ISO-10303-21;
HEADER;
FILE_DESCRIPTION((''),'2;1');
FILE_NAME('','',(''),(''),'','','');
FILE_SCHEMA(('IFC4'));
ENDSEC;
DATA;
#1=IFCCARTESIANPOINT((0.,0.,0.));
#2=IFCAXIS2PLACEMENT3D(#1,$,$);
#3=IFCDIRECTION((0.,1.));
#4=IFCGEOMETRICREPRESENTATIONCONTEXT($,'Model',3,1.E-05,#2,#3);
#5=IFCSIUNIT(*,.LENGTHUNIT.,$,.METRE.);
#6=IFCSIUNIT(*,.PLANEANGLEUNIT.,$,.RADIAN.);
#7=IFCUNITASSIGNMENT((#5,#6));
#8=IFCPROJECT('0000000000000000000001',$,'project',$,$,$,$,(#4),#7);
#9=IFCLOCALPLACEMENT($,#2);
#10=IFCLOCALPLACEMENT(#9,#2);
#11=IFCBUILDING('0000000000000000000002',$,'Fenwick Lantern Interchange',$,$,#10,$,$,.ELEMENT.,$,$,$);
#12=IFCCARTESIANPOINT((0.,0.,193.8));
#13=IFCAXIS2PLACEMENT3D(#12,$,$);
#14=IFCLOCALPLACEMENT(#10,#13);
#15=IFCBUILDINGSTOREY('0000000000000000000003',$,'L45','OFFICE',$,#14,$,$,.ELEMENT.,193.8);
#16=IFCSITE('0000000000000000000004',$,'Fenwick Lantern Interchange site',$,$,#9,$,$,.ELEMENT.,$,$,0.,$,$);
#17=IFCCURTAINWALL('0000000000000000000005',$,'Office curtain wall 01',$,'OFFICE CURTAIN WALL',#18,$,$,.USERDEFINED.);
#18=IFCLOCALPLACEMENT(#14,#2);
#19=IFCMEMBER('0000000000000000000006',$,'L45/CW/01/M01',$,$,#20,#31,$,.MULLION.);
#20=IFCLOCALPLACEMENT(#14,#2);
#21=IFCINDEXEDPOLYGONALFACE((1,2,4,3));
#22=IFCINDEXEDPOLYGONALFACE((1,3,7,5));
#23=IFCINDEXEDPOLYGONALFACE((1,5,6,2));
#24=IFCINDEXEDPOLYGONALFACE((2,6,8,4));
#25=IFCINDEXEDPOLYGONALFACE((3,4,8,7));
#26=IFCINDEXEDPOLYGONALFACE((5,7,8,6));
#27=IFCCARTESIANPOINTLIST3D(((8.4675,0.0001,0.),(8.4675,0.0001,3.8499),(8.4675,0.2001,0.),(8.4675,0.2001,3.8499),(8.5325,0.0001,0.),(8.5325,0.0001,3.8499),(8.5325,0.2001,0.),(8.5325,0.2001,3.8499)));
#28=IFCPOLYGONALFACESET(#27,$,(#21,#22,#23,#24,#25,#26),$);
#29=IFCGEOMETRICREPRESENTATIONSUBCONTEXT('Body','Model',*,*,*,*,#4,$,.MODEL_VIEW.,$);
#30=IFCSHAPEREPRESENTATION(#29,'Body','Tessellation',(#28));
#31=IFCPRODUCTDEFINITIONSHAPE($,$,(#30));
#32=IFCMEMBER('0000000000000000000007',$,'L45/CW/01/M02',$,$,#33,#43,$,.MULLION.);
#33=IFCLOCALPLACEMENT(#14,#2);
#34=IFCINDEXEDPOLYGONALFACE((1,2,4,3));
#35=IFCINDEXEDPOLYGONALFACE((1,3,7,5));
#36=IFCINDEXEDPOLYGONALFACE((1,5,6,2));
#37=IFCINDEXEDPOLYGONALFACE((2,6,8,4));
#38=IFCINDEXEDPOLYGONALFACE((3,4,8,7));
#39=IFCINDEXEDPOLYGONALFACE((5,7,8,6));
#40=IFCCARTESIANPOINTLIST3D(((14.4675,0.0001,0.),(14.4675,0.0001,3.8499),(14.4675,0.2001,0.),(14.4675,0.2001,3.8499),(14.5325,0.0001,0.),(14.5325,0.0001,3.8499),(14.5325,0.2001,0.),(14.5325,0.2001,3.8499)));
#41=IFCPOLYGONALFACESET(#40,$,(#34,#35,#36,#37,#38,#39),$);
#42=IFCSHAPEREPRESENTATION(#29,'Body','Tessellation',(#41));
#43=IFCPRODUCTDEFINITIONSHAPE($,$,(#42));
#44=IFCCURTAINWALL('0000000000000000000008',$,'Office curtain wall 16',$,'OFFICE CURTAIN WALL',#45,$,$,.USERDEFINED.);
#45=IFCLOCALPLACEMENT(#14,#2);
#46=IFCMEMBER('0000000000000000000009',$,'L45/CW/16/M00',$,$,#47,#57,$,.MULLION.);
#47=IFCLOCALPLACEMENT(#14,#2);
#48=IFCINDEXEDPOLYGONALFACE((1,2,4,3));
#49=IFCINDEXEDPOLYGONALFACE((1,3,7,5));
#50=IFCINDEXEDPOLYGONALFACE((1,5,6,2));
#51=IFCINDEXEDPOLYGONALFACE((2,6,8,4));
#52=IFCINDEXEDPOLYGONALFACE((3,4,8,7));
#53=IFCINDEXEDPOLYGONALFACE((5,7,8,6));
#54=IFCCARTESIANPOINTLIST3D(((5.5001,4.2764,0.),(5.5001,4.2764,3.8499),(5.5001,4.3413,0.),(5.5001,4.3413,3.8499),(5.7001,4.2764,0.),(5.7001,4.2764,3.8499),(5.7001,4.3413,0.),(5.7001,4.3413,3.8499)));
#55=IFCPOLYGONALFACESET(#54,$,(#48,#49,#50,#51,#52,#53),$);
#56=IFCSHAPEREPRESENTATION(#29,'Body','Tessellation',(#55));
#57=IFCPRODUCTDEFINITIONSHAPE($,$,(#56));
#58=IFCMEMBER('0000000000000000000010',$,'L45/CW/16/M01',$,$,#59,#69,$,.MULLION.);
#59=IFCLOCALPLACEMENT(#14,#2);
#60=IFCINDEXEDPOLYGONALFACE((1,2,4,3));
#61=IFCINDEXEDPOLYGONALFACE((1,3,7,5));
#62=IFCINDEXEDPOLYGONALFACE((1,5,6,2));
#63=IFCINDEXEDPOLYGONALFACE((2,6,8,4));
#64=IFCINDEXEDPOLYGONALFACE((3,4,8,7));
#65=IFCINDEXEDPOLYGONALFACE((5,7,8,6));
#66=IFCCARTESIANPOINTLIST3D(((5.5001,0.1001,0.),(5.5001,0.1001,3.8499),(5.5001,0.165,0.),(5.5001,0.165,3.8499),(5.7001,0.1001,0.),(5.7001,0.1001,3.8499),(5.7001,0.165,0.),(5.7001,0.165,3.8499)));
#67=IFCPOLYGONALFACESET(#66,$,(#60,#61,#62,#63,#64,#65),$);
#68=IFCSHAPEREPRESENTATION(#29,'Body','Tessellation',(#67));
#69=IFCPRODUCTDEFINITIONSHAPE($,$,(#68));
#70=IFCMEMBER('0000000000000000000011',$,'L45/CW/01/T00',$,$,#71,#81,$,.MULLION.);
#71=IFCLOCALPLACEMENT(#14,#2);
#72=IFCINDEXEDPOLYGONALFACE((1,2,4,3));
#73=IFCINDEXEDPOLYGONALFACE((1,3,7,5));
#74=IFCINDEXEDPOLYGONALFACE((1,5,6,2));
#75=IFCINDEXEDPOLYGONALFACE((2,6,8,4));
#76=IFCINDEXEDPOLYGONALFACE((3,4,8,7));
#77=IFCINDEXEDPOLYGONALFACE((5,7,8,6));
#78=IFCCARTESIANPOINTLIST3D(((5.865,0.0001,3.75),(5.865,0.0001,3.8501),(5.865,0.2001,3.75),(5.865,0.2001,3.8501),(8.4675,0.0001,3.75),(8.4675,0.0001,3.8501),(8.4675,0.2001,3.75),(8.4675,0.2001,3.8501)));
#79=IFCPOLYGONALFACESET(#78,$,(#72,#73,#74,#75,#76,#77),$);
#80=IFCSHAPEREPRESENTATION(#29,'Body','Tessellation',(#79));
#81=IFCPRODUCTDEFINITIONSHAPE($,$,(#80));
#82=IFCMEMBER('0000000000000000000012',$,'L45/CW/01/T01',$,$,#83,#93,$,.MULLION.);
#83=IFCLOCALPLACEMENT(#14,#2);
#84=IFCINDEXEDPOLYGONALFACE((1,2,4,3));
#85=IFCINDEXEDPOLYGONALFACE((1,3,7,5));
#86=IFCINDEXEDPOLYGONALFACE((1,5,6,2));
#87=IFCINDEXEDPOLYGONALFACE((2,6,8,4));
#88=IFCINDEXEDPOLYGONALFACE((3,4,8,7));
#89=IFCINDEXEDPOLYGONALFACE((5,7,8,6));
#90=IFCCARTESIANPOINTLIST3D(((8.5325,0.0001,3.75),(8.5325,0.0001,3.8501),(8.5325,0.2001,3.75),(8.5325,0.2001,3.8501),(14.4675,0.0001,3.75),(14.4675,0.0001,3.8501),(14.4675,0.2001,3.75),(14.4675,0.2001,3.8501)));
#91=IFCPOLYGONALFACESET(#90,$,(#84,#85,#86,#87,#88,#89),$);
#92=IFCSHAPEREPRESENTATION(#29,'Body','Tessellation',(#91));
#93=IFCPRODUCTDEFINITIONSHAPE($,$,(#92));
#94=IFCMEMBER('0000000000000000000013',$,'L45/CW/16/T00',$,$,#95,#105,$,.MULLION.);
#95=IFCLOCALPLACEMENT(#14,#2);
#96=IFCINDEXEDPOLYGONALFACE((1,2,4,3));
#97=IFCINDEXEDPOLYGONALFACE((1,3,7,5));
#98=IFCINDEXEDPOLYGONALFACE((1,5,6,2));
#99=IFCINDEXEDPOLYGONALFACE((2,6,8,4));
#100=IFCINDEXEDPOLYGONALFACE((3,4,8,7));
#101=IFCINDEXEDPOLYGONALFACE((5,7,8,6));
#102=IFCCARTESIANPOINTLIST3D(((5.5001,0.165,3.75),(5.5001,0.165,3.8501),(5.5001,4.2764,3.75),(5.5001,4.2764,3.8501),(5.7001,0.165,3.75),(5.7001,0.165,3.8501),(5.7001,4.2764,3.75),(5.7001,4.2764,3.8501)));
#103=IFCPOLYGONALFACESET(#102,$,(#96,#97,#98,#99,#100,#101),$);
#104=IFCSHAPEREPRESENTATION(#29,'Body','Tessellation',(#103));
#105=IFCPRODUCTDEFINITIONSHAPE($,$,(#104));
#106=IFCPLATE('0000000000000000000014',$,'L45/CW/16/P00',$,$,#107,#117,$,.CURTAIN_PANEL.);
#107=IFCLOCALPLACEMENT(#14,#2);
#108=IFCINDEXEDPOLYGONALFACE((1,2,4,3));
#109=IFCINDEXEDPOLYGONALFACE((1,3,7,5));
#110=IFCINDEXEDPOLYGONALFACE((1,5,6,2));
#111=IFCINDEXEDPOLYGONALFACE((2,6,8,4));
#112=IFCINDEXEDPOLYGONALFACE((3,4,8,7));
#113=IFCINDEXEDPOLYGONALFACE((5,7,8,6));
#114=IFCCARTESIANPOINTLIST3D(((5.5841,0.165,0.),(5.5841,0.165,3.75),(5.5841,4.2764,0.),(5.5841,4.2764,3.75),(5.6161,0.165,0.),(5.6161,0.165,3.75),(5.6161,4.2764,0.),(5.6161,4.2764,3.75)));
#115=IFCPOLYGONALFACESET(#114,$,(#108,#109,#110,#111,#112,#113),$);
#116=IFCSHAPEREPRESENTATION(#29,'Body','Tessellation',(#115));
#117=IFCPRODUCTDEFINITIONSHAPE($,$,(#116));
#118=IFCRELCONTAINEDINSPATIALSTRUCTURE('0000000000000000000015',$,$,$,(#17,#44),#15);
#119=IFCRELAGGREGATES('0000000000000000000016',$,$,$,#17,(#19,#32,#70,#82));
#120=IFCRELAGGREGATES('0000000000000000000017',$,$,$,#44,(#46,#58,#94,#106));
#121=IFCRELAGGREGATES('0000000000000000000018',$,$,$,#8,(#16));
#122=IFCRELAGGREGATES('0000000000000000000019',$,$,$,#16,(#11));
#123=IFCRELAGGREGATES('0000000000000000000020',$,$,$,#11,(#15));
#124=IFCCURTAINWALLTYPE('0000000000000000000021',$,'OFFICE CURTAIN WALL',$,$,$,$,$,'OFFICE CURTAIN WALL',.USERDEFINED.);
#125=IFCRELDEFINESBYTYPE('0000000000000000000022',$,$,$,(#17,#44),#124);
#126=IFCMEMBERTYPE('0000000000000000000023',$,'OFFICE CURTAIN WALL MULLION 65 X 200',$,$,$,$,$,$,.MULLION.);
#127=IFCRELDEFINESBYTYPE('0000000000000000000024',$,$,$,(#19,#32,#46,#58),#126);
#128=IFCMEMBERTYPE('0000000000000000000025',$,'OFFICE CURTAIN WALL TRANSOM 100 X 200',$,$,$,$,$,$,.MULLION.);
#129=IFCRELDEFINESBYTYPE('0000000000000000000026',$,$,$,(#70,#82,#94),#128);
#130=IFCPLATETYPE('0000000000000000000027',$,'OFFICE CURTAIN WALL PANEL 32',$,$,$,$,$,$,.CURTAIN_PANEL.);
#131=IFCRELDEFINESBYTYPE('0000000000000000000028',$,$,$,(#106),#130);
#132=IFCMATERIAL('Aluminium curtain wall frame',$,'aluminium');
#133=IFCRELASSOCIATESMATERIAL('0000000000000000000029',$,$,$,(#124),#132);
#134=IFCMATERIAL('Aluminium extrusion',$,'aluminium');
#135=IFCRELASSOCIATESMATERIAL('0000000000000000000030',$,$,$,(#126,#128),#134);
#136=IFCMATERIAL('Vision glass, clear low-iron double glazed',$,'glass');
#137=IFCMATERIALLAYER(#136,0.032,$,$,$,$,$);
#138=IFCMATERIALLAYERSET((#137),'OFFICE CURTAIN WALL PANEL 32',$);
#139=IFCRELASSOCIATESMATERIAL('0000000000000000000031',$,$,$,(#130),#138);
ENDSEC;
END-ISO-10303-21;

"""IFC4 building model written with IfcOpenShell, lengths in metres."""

from ifc_helpers import new_model, si_unit, direction, frame, origin, origin_2d, place, context, subcontext, project, spatial, rectangle, extrude, material, layer, layer_set, material_profile, profile_set, type_object, element, aggregate, save


model = new_model("IFC4")

# Units and contexts
model_context = context("Model", 3, precision=1e-05, world=origin(), true_north=direction((0.0, 1.0)))
body_context = subcontext(model_context, "Body", "Model", "MODEL_VIEW")
ifc_project = project(units=[si_unit("LENGTHUNIT", "METRE"), si_unit("PLANEANGLEUNIT", "RADIAN")], contexts=[model_context])

# Site, building, storey
site_placement = place(None, origin())
site = spatial("IfcSite", under=ifc_project, at=site_placement, Name="Fenwick Lantern Interchange site", CompositionType="ELEMENT", RefElevation=0.0)
building_placement = place(site_placement, origin())
building = spatial("IfcBuilding", under=site, at=building_placement, Name="Fenwick Lantern Interchange", CompositionType="ELEMENT")
storey_placement = place(building_placement, frame((0.0, 0.0, 193.8)))
storey = spatial("IfcBuildingStorey", under=building, at=storey_placement, Name="L45", Description="OFFICE", CompositionType="ELEMENT", Elevation=193.8)

# Curtain walls, members
ifc_material_1 = material(Name="Aluminium curtain wall frame", Category="aluminium")
curtain_wall_type = type_object("IfcCurtainWallType", Name="OFFICE CURTAIN WALL", ElementType="OFFICE CURTAIN WALL", PredefinedType="USERDEFINED", material=ifc_material_1)
curtain_wall_1_placement = place(storey_placement, origin())
curtain_wall_1 = element("IfcCurtainWall", 1, at=curtain_wall_1_placement, inside=storey, type_object=curtain_wall_type, Name="Office curtain wall 01", ObjectType="OFFICE CURTAIN WALL", PredefinedType="USERDEFINED")
ifc_material_2 = material(Name="Aluminium extrusion", Category="aluminium")
ifc_material_profile_1 = material_profile(ifc_material_2, rectangle(XDim=0.2, YDim=0.0649, at=origin_2d()), Name="OFFICE CURTAIN WALL MULLION 65 X 200")
ifc_profile_set_1 = profile_set([ifc_material_profile_1], Name="Aluminium extrusion")
member_type_1 = type_object("IfcMemberType", Name="OFFICE CURTAIN WALL MULLION 65 X 200", PredefinedType="MULLION", material=ifc_profile_set_1)
member_1_placement = place(storey_placement, frame((8.5, 0.1001, 0.0), z_axis=(0.0, 0.0, 1.0), x_axis=(0.0, 1.0, 0.0)))
member_1 = element("IfcMember", 2, at=member_1_placement, type_object=member_type_1, Name="L45/CW/01/M01", PredefinedType="MULLION", context=body_context, shape_type="SweptSolid", body=[
    extrude(rectangle(XDim=0.2, YDim=0.0649, at=origin_2d()), origin(), (0.0, 0.0, 1.0), 3.8499),
])
member_2_placement = place(storey_placement, frame((14.5, 0.1001, 0.0), z_axis=(0.0, 0.0, 1.0), x_axis=(0.0, 1.0, 0.0)))
member_2 = element("IfcMember", 3, at=member_2_placement, type_object=member_type_1, Name="L45/CW/01/M02", PredefinedType="MULLION", context=body_context, shape_type="SweptSolid", body=[
    extrude(rectangle(XDim=0.2, YDim=0.0649, at=origin_2d()), origin(), (0.0, 0.0, 1.0), 3.8499),
])
curtain_wall_2_placement = place(storey_placement, origin())
curtain_wall_2 = element("IfcCurtainWall", 4, at=curtain_wall_2_placement, inside=storey, type_object=curtain_wall_type, Name="Office curtain wall 16", ObjectType="OFFICE CURTAIN WALL", PredefinedType="USERDEFINED")
member_3_placement = place(storey_placement, frame((5.6001, 4.3088, 0.0), z_axis=(0.0, 0.0, 1.0), x_axis=(1.0, 0.0, 0.0)))
member_3 = element("IfcMember", 5, at=member_3_placement, type_object=member_type_1, Name="L45/CW/16/M00", PredefinedType="MULLION", context=body_context, shape_type="SweptSolid", body=[
    extrude(rectangle(XDim=0.2, YDim=0.0649, at=origin_2d()), origin(), (0.0, 0.0, 1.0), 3.8499),
])
member_4_placement = place(storey_placement, frame((5.6001, 0.1326, 0.0), z_axis=(0.0, 0.0, 1.0), x_axis=(1.0, 0.0, 0.0)))
member_4 = element("IfcMember", 6, at=member_4_placement, type_object=member_type_1, Name="L45/CW/16/M01", PredefinedType="MULLION", context=body_context, shape_type="SweptSolid", body=[
    extrude(rectangle(XDim=0.2, YDim=0.0649, at=origin_2d()), origin(), (0.0, 0.0, 1.0), 3.8499),
])

# Members
ifc_material_profile_2 = material_profile(ifc_material_2, rectangle(XDim=0.2, YDim=0.1001, at=origin_2d()), Name="OFFICE CURTAIN WALL TRANSOM 100 X 200")
ifc_profile_set_2 = profile_set([ifc_material_profile_2], Name="Aluminium extrusion")
member_type_2 = type_object("IfcMemberType", Name="OFFICE CURTAIN WALL TRANSOM 100 X 200", PredefinedType="MULLION", material=ifc_profile_set_2)
member_5_placement = place(storey_placement, frame((5.865, 0.1001, 3.8), z_axis=(1.0, 0.0, 0.0), x_axis=(0.0, 1.0, 0.0)))
member_5 = element("IfcMember", 7, at=member_5_placement, type_object=member_type_2, Name="L45/CW/01/T00", PredefinedType="MULLION", context=body_context, shape_type="SweptSolid", body=[
    extrude(rectangle(XDim=0.2, YDim=0.1001, at=origin_2d()), origin(), (0.0, 0.0, 1.0), 2.6025),
])
member_6_placement = place(storey_placement, frame((8.5325, 0.1001, 3.8), z_axis=(1.0, 0.0, 0.0), x_axis=(0.0, 1.0, 0.0)))
member_6 = element("IfcMember", 8, at=member_6_placement, type_object=member_type_2, Name="L45/CW/01/T01", PredefinedType="MULLION", context=body_context, shape_type="SweptSolid", body=[
    extrude(rectangle(XDim=0.2, YDim=0.1001, at=origin_2d()), origin(), (0.0, 0.0, 1.0), 5.9351),
])
member_7_placement = place(storey_placement, frame((5.6001, 4.2764, 3.8), z_axis=(0.0, -1.0, 0.0), x_axis=(1.0, 0.0, 0.0)))
member_7 = element("IfcMember", 9, at=member_7_placement, type_object=member_type_2, Name="L45/CW/16/T00", PredefinedType="MULLION", context=body_context, shape_type="SweptSolid", body=[
    extrude(rectangle(XDim=0.2, YDim=0.1001, at=origin_2d()), origin(), (0.0, 0.0, 1.0), 4.1113),
])

# Plate
ifc_material_3 = material(Name="Vision glass, clear low-iron double glazed", Category="glass")
ifc_layer_1 = layer(ifc_material_3, 0.032)
ifc_layer_set_1 = layer_set([ifc_layer_1], Name="OFFICE CURTAIN WALL PANEL 32")
plate_type = type_object("IfcPlateType", Name="OFFICE CURTAIN WALL PANEL 32", PredefinedType="CURTAIN_PANEL", material=ifc_layer_set_1)
aggregate(curtain_wall_1, [member_1, member_2, member_5, member_6])
plate_1_placement = place(storey_placement, frame((5.6001, 2.2207, 0.0), z_axis=(0.0, 0.0, 1.0), x_axis=(0.0, -1.0, 0.0)))
plate_1 = element("IfcPlate", 10, at=plate_1_placement, type_object=plate_type, Name="L45/CW/16/P00", PredefinedType="CURTAIN_PANEL", context=body_context, shape_type="SweptSolid", body=[
    extrude(rectangle(XDim=4.1113, YDim=0.032, at=origin_2d()), origin(), (0.0, 0.0, 1.0), 3.75),
])
aggregate(curtain_wall_2, [member_3, member_4, member_7, plate_1])

save(model, "model.ifc")
